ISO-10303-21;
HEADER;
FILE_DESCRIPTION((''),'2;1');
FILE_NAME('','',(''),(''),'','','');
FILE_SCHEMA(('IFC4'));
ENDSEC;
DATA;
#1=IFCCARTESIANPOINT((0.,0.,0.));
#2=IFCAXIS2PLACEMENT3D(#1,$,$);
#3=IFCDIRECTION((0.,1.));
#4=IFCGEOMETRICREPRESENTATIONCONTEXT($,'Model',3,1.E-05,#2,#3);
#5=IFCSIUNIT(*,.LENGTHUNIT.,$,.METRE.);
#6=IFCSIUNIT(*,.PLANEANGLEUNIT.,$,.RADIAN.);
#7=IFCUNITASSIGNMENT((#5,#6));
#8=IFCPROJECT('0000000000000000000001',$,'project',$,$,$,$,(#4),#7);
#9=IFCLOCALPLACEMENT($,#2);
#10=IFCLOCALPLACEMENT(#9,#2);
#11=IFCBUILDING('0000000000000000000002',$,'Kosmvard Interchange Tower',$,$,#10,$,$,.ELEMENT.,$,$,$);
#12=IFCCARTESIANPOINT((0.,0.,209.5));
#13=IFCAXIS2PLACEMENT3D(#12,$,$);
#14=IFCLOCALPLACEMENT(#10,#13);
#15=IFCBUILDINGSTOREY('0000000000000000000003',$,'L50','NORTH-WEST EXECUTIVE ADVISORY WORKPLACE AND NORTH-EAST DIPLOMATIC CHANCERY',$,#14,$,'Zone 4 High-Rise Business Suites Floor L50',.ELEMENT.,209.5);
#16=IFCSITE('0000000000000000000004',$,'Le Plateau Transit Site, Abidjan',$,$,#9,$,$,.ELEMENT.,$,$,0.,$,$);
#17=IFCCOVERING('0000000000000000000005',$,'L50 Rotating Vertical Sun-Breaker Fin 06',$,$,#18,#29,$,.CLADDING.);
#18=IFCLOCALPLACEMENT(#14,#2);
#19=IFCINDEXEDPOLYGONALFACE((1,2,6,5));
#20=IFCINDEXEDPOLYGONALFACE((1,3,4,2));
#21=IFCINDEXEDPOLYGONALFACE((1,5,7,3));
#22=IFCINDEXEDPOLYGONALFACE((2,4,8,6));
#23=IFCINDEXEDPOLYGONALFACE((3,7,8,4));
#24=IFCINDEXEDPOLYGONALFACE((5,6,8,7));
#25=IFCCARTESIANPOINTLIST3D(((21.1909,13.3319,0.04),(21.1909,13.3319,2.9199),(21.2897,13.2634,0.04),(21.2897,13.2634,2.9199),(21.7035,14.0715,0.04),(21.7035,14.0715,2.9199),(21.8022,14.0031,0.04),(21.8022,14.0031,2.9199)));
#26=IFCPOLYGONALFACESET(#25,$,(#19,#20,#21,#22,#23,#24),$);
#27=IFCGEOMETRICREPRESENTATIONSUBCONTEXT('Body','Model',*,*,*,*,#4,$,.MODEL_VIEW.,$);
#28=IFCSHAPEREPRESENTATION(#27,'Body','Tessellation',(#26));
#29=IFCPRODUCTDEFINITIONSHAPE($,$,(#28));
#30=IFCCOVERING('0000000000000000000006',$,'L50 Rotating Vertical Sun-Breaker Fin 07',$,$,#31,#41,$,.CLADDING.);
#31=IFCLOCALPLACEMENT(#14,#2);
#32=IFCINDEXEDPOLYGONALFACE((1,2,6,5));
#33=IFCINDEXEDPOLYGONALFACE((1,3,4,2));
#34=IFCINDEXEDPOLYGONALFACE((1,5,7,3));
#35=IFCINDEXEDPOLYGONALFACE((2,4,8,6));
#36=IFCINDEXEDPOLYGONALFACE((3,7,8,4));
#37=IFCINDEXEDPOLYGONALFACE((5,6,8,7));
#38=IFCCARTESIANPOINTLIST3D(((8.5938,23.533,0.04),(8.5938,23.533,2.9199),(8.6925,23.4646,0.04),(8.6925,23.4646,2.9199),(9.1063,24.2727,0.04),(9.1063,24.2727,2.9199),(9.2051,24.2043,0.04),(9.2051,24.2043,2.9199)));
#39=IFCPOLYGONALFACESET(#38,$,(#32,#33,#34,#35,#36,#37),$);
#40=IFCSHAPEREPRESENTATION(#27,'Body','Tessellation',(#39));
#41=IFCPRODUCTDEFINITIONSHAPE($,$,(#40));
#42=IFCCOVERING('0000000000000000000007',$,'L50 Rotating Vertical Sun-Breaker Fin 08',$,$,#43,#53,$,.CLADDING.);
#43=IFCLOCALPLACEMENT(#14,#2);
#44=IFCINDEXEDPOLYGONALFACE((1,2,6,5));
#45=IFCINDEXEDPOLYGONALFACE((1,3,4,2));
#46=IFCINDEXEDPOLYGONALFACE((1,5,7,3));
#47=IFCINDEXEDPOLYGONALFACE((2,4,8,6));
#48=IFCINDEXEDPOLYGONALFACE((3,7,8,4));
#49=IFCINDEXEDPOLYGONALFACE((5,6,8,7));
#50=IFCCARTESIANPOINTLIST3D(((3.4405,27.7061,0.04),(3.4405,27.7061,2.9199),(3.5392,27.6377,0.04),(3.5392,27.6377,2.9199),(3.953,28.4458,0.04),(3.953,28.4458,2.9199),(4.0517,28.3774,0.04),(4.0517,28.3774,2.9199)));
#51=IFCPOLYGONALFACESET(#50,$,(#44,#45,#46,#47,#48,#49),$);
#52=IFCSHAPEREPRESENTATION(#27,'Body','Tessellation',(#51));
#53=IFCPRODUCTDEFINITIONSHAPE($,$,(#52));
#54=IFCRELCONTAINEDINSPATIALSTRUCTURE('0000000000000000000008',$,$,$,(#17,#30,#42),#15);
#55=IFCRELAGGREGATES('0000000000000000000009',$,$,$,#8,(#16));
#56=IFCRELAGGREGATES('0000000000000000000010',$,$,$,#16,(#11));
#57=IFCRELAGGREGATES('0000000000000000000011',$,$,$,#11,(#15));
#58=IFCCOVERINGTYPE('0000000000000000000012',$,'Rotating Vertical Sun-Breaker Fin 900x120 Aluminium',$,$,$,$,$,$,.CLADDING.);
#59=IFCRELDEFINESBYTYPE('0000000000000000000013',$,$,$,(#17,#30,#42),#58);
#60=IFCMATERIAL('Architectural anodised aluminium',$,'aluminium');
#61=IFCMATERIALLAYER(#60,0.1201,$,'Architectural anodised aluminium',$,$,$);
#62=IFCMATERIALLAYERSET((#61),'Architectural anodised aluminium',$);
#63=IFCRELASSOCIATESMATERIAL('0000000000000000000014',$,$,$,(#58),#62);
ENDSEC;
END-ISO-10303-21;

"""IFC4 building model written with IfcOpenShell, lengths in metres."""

from ifc_helpers import new_model, si_unit, direction, frame, origin, origin_2d, place, context, subcontext, project, spatial, rectangle, extrude, source, transform, mapped, material, layer, layer_set, type_object, element, save


model = new_model("IFC4")

# Units and contexts
model_context = context("Model", 3, precision=1e-05, world=origin(), true_north=direction((0.0, 1.0)))
body_context = subcontext(model_context, "Body", "Model", "MODEL_VIEW")
ifc_project = project(units=[si_unit("LENGTHUNIT", "METRE"), si_unit("PLANEANGLEUNIT", "RADIAN")], contexts=[model_context])

# Site, building, storey
site_placement = place(None, origin())
site = spatial("IfcSite", under=ifc_project, at=site_placement, Name="Le Plateau Transit Site, Abidjan", CompositionType="ELEMENT", RefElevation=0.0)
building_placement = place(site_placement, origin())
building = spatial("IfcBuilding", under=site, at=building_placement, Name="Kosmvard Interchange Tower", CompositionType="ELEMENT")
storey_placement = place(building_placement, frame((0.0, 0.0, 209.5)))
storey = spatial("IfcBuildingStorey", under=building, at=storey_placement, Name="L50", Description="NORTH-WEST EXECUTIVE ADVISORY WORKPLACE AND NORTH-EAST DIPLOMATIC CHANCERY", LongName="Zone 4 High-Rise Business Suites Floor L50", CompositionType="ELEMENT", Elevation=209.5)

# Coverings
ifc_material_1 = material(Name="Architectural anodised aluminium", Category="aluminium")
ifc_layer_1 = layer(ifc_material_1, 0.1201, Name="Architectural anodised aluminium")
ifc_layer_set_1 = layer_set([ifc_layer_1], Name="Architectural anodised aluminium")
covering_type = type_object("IfcCoveringType", Name="Rotating Vertical Sun-Breaker Fin 900x120 Aluminium", PredefinedType="CLADDING", material=ifc_layer_set_1)
shared_shape_1 = source(origin(), body_context, "Body", "SweptSolid", [
    extrude(rectangle(XDim=0.8999, YDim=0.1201, at=origin_2d()), origin(), (0.0, 0.0, 1.0), 2.8799),
])
for number, where, z_axis, x_axis, name in (
    (1, (21.4966, 13.6675, 0.04), (0.0, 0.0, 1.0), (0.569566, 0.821945, 0.0), "L50 Rotating Vertical Sun-Breaker Fin 06"),
    (2, (8.8994, 23.8687, 0.04), (0.0, 0.0, 1.0), (0.569566, 0.821945, 0.0), "L50 Rotating Vertical Sun-Breaker Fin 07"),
    (3, (3.7461, 28.0417, 0.04), (0.0, 0.0, 1.0), (0.569566, 0.821945, 0.0), "L50 Rotating Vertical Sun-Breaker Fin 08"),
):
    element("IfcCovering", number, at=place(storey_placement, frame(where, z_axis=z_axis, x_axis=x_axis)), inside=storey, type_object=covering_type, Name=name, PredefinedType="CLADDING", context=body_context, shape_type="MappedRepresentation", body=[
        mapped(shared_shape_1, transform((0.0, 0.0, 0.0), scale=1.0)),
    ])

save(model, "model.ifc")
